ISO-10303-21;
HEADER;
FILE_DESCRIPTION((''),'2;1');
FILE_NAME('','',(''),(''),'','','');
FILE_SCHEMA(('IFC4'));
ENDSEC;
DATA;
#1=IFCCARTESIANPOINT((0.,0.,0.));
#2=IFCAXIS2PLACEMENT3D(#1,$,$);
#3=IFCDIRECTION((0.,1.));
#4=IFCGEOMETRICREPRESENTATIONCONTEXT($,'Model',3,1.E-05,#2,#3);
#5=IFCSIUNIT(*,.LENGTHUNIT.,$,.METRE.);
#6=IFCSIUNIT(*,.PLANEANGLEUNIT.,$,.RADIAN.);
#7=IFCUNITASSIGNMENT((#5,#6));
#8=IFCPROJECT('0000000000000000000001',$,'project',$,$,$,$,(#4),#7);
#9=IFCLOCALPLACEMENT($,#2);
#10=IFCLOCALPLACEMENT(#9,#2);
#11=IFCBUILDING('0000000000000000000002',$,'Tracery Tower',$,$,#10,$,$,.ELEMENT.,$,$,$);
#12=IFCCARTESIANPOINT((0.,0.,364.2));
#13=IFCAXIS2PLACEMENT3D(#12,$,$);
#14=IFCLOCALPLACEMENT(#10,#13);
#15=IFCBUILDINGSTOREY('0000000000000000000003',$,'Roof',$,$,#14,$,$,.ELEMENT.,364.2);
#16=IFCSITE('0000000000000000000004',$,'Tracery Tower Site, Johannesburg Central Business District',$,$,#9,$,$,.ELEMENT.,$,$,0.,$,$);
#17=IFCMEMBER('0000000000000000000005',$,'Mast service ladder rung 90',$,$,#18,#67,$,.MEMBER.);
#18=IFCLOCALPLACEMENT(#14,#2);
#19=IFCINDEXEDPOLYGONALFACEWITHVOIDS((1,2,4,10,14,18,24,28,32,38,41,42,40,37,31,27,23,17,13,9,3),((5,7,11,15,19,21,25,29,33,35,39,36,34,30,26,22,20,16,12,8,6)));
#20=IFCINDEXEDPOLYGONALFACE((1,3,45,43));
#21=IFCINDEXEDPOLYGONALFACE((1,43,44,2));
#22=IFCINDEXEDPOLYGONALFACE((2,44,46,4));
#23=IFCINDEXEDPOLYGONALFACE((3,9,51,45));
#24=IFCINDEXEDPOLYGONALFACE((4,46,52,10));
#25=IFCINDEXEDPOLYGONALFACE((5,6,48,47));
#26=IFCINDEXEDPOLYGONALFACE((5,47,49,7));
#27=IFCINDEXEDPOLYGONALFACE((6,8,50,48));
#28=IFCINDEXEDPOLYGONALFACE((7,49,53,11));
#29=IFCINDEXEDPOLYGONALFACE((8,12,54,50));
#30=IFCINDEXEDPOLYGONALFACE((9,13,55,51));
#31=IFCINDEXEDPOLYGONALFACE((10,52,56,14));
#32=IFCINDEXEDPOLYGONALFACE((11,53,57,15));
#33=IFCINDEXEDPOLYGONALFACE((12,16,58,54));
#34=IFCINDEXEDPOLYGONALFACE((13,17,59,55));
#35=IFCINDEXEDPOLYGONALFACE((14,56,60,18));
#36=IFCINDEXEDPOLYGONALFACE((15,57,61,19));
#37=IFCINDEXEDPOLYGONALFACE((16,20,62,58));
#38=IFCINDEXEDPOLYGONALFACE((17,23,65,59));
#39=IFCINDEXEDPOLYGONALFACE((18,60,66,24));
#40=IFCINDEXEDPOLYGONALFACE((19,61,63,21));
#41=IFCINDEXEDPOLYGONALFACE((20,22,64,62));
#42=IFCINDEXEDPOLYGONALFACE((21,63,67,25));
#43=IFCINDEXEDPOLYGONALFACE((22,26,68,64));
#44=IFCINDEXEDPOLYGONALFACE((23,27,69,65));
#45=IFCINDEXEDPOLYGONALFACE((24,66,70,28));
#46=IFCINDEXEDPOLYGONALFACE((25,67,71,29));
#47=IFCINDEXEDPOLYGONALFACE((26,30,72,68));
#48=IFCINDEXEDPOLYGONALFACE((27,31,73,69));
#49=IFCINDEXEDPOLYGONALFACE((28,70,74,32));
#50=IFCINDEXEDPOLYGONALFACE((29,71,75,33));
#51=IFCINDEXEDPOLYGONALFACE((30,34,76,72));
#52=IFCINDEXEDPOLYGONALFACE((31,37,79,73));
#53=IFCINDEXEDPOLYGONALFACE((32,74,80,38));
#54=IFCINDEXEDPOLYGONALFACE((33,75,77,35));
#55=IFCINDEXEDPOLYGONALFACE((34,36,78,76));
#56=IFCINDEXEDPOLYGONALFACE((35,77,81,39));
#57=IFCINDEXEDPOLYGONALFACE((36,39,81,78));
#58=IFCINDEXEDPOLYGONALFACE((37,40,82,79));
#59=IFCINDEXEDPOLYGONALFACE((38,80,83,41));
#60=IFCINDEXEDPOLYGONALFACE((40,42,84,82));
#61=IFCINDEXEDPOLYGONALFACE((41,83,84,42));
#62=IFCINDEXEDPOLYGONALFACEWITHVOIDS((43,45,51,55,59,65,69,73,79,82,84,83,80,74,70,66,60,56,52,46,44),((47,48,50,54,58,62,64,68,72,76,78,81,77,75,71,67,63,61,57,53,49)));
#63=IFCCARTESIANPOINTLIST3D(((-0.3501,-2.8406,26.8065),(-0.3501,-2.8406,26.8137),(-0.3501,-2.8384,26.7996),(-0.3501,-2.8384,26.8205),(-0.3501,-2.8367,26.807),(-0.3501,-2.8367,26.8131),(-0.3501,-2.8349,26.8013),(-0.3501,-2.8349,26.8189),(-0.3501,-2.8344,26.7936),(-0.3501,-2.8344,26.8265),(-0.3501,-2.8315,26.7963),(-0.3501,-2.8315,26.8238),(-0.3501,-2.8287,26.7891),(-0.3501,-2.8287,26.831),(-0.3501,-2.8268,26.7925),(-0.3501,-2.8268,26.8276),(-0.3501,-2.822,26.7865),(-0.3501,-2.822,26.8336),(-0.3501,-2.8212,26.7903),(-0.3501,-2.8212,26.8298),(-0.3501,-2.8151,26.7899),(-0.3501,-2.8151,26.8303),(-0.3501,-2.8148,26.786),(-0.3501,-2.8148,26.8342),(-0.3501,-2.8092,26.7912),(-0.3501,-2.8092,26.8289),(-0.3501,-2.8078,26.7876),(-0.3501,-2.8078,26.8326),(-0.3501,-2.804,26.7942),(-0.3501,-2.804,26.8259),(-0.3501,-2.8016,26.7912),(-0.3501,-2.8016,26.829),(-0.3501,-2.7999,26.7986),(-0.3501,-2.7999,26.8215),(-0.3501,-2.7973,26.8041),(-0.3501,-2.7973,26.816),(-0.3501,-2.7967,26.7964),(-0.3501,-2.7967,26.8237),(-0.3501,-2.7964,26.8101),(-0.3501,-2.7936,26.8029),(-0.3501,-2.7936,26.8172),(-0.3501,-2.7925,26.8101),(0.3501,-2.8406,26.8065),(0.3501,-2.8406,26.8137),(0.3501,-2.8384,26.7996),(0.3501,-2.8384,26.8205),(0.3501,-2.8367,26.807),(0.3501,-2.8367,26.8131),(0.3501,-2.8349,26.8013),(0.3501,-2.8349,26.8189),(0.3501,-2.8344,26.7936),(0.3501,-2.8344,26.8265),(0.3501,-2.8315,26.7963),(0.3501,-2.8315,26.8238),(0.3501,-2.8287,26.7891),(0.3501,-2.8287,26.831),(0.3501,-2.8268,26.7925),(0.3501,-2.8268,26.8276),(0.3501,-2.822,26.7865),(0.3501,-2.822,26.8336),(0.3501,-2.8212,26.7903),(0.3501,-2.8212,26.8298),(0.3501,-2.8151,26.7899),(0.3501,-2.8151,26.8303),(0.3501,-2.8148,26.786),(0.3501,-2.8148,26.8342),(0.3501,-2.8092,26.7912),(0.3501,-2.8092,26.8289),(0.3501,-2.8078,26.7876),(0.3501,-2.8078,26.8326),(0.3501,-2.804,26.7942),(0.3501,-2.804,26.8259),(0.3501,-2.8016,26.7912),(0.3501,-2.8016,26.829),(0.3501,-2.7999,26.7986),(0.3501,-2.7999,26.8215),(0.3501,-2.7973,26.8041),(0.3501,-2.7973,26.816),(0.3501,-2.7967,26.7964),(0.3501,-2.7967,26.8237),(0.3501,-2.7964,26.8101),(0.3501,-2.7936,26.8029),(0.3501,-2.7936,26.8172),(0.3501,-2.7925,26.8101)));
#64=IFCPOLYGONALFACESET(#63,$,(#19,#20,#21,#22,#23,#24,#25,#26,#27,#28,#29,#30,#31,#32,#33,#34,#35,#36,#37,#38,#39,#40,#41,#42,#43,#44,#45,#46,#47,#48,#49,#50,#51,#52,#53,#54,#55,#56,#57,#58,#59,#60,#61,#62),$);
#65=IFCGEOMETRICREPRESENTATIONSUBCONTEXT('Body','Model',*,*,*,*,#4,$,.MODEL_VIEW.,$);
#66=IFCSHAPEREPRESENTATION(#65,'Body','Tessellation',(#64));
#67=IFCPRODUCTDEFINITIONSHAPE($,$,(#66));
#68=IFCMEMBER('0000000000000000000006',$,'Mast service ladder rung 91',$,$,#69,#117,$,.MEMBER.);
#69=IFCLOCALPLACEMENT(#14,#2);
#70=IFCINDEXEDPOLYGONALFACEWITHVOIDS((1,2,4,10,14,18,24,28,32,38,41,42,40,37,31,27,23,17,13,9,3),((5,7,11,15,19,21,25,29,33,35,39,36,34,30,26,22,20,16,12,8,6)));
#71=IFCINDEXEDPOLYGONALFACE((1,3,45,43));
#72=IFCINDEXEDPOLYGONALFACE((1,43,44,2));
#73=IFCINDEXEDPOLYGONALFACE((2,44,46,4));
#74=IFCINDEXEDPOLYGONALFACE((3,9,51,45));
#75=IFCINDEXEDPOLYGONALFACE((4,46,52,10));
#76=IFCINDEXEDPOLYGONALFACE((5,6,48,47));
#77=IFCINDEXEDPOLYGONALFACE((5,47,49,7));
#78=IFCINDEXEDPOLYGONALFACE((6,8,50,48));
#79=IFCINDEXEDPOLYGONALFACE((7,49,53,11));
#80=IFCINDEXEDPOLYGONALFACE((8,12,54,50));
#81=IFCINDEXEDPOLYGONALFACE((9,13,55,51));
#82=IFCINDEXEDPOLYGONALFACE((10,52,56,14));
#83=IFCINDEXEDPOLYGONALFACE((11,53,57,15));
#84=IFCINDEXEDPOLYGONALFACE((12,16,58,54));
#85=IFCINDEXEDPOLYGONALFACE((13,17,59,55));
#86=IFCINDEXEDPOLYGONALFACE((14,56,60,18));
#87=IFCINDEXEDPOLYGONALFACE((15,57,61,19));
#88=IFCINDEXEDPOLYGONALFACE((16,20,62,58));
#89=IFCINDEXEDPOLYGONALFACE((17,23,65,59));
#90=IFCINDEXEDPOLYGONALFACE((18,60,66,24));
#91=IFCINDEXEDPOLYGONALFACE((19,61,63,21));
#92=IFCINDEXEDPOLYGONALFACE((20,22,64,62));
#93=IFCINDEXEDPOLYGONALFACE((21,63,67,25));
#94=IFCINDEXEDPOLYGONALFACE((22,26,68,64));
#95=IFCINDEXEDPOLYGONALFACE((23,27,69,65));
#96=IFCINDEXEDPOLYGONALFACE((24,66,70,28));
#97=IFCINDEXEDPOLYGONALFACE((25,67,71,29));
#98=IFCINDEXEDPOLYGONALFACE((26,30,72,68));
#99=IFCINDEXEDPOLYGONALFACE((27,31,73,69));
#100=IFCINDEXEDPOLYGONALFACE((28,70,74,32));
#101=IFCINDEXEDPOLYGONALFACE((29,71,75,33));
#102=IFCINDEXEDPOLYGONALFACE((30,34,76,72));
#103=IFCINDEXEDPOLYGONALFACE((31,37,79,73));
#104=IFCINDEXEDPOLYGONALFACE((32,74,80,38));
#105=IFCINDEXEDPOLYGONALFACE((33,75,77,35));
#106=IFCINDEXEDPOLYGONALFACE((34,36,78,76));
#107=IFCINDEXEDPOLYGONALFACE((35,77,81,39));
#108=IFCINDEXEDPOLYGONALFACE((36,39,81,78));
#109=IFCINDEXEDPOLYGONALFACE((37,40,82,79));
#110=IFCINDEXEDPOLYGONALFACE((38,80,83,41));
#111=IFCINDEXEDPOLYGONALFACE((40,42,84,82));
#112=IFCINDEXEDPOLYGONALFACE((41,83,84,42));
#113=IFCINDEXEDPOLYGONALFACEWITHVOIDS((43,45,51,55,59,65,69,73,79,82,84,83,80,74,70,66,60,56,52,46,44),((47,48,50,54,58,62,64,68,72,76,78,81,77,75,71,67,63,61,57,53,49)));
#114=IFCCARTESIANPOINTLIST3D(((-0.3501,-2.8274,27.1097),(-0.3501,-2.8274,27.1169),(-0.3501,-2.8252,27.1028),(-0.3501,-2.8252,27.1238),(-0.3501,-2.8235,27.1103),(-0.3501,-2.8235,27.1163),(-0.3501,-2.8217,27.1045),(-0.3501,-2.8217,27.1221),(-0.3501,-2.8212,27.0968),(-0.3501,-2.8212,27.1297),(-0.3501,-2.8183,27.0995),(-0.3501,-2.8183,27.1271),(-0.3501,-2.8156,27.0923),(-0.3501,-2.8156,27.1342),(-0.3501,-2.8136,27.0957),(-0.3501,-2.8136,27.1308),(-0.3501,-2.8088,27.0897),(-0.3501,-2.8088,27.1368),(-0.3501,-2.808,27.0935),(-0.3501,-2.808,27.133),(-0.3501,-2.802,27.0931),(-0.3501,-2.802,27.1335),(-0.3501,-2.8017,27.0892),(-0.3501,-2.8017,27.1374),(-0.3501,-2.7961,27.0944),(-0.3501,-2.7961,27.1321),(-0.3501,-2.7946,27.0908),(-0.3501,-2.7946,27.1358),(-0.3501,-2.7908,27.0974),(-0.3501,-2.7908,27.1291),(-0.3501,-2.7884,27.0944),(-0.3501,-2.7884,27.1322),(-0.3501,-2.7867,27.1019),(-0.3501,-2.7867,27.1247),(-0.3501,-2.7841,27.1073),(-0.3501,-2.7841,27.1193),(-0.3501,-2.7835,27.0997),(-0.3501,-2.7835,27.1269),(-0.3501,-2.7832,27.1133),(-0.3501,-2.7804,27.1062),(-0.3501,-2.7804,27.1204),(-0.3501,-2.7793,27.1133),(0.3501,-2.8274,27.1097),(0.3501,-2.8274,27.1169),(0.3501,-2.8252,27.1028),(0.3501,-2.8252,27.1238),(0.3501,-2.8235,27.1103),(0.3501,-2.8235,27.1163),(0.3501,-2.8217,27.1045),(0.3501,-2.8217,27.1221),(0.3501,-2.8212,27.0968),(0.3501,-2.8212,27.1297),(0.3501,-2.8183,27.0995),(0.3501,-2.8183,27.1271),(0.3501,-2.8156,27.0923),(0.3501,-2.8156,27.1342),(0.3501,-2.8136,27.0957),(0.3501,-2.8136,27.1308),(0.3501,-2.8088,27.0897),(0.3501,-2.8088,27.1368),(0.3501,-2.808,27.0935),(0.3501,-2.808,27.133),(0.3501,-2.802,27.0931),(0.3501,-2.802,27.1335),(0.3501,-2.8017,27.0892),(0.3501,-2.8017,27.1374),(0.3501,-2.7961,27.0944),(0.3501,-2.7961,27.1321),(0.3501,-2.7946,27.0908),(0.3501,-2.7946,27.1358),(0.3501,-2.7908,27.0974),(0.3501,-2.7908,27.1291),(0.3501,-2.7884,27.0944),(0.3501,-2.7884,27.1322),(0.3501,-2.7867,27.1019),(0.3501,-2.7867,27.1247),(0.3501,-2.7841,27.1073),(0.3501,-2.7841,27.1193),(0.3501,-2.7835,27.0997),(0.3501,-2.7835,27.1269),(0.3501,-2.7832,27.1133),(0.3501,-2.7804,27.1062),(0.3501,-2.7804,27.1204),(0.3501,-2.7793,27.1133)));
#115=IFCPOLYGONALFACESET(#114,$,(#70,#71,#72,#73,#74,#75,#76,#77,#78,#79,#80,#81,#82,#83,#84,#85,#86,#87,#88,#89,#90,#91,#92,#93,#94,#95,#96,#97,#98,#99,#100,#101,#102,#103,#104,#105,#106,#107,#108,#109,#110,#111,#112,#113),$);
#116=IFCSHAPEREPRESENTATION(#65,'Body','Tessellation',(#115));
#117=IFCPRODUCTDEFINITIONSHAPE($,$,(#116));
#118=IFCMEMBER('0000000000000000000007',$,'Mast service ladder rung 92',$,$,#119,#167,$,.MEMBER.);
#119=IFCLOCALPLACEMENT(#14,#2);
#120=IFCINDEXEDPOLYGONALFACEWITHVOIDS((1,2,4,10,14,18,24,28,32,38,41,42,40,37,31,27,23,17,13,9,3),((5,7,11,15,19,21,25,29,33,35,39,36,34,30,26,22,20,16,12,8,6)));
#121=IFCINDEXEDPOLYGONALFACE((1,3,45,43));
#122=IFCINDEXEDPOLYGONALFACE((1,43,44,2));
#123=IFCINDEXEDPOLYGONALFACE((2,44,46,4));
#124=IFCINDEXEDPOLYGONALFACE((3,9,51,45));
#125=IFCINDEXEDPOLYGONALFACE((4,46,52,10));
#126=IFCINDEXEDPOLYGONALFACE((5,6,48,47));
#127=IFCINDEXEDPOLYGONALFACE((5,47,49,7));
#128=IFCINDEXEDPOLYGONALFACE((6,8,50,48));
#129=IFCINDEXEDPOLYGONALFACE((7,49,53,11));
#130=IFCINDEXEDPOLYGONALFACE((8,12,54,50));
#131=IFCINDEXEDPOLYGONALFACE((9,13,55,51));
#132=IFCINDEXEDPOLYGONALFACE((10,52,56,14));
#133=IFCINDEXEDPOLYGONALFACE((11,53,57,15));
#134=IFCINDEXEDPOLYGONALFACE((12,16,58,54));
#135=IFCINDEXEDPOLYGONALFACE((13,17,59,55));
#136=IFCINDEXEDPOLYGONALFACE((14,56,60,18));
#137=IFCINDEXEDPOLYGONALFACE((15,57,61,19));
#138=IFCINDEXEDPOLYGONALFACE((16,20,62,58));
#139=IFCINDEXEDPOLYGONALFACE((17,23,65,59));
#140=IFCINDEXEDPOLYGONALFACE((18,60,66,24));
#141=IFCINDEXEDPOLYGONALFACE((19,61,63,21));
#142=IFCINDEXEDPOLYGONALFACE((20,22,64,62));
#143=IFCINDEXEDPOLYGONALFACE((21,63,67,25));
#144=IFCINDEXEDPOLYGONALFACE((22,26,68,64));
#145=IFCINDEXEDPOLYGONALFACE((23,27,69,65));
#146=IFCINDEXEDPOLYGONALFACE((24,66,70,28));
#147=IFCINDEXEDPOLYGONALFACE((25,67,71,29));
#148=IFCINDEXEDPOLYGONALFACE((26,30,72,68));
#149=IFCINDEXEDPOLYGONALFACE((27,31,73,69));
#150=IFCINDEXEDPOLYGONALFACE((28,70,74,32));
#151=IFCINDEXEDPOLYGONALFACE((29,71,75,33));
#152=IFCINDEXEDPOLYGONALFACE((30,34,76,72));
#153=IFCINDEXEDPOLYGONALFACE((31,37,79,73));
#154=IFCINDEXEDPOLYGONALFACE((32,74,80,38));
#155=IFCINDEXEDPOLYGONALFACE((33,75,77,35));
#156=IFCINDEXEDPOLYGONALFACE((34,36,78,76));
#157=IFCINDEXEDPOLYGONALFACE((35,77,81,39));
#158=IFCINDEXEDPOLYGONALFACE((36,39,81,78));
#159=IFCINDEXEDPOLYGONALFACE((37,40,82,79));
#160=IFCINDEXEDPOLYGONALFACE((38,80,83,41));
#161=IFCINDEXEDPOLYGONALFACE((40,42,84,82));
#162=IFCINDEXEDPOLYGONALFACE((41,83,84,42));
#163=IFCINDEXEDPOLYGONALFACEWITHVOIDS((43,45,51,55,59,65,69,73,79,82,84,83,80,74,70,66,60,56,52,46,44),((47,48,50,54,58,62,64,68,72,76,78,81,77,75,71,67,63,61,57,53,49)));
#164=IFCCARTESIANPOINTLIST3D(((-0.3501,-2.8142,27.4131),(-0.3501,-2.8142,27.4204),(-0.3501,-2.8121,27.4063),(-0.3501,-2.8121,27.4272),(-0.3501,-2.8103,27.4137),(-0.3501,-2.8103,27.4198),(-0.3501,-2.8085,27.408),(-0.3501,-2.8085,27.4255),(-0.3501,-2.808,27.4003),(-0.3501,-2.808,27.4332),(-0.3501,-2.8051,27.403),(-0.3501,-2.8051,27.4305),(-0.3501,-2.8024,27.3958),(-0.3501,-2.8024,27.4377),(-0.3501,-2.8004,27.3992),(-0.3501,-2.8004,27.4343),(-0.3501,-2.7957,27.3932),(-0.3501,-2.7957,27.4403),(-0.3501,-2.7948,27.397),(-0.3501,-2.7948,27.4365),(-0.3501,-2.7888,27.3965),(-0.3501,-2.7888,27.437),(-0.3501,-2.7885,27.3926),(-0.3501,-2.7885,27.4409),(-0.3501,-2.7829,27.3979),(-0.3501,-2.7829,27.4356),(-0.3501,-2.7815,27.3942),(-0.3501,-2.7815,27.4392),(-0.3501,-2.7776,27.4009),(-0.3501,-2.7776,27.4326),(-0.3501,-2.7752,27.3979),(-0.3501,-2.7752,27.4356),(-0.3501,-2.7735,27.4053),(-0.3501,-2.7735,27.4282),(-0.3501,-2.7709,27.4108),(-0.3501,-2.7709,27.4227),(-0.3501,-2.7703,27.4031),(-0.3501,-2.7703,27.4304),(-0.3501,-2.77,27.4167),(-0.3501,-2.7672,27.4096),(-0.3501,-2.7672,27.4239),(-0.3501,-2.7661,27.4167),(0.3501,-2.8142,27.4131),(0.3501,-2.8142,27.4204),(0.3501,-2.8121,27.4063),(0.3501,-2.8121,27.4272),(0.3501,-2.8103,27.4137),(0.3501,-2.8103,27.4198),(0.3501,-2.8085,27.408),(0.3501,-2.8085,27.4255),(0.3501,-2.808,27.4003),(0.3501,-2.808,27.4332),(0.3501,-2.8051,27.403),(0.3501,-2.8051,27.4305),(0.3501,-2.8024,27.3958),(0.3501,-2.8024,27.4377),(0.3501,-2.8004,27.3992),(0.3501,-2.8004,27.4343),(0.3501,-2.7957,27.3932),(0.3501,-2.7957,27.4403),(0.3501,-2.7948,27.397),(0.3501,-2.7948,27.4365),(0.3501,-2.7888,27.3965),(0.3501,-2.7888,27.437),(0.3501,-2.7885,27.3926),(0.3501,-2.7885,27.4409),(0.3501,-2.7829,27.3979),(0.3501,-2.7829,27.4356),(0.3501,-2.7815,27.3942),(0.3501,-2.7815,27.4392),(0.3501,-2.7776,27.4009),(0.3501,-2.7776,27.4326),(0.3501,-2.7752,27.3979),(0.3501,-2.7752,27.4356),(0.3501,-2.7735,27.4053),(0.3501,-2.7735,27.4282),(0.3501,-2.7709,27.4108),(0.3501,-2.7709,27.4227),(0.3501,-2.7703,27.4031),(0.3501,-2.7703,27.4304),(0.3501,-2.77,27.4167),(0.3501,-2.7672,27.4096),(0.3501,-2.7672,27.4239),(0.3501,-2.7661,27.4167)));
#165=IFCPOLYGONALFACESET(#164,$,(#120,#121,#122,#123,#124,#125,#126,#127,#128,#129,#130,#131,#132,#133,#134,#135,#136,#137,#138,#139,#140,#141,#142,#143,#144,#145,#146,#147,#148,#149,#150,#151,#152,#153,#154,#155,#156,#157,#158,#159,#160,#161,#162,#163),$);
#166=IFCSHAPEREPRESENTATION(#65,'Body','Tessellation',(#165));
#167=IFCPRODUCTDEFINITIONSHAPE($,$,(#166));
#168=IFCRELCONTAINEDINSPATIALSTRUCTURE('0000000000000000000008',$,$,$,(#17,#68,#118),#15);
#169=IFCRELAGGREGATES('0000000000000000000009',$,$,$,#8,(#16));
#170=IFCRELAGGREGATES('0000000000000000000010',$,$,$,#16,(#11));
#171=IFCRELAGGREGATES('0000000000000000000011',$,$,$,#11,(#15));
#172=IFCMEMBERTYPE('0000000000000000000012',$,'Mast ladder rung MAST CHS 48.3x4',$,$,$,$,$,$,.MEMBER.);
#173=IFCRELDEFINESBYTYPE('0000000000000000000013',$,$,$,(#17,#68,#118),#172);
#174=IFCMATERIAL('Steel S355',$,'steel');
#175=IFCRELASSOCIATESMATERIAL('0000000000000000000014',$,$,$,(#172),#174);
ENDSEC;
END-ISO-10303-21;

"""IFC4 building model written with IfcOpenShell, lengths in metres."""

from ifc_helpers import new_model, si_unit, direction, frame, origin, origin_2d, place, context, subcontext, project, spatial, hollow_circle, extrude, material, material_profile, profile_set, type_object, element, save


model = new_model("IFC4")

# Units and contexts
model_context = context("Model", 3, precision=1e-05, world=origin(), true_north=direction((0.0, 1.0)))
body_context = subcontext(model_context, "Body", "Model", "MODEL_VIEW")
ifc_project = project(units=[si_unit("LENGTHUNIT", "METRE"), si_unit("PLANEANGLEUNIT", "RADIAN")], contexts=[model_context])

# Site, building, storey
site_placement = place(None, origin())
site = spatial("IfcSite", under=ifc_project, at=site_placement, Name="Tracery Tower Site, Johannesburg Central Business District", CompositionType="ELEMENT", RefElevation=0.0)
building_placement = place(site_placement, origin())
building = spatial("IfcBuilding", under=site, at=building_placement, Name="Tracery Tower", CompositionType="ELEMENT")
storey_placement = place(building_placement, frame((0.0, 0.0, 364.2)))
storey = spatial("IfcBuildingStorey", under=building, at=storey_placement, Name="Roof", CompositionType="ELEMENT", Elevation=364.2)

# Members
ifc_material_1 = material(Name="Steel S355", Category="steel")
ifc_material_profile_1 = material_profile(ifc_material_1, hollow_circle(Radius=0.0242, WallThickness=0.0039, at=origin_2d()), Name="CHS 48.3x4")
ifc_profile_set_1 = profile_set([ifc_material_profile_1], Name="Steel S355")
member_type_1 = type_object("IfcMemberType", Name="Mast ladder rung MAST CHS 48.3x4", PredefinedType="MEMBER", material=ifc_profile_set_1)
for number, where, z_axis, x_axis, name in (
    (1, (-0.3501, -2.8167, 26.8101), (1.0, 0.0, 0.0), (0.0, 1.0, 0.0), "Mast service ladder rung 90"),
    (2, (-0.3501, -2.8035, 27.1133), (1.0, 0.0, 0.0), (0.0, 1.0, 0.0), "Mast service ladder rung 91"),
    (3, (-0.3501, -2.7903, 27.4167), (1.0, 0.0, 0.0), (0.0, 1.0, 0.0), "Mast service ladder rung 92"),
):
    element("IfcMember", number, at=place(storey_placement, frame(where, z_axis=z_axis, x_axis=x_axis)), inside=storey, type_object=member_type_1, Name=name, PredefinedType="MEMBER", context=body_context, shape_type="SweptSolid", body=[
        extrude(hollow_circle(Radius=0.0242, WallThickness=0.0039, at=origin_2d()), origin(), (0.0, 0.0, 1.0), 0.7002),
    ])

save(model, "model.ifc")
